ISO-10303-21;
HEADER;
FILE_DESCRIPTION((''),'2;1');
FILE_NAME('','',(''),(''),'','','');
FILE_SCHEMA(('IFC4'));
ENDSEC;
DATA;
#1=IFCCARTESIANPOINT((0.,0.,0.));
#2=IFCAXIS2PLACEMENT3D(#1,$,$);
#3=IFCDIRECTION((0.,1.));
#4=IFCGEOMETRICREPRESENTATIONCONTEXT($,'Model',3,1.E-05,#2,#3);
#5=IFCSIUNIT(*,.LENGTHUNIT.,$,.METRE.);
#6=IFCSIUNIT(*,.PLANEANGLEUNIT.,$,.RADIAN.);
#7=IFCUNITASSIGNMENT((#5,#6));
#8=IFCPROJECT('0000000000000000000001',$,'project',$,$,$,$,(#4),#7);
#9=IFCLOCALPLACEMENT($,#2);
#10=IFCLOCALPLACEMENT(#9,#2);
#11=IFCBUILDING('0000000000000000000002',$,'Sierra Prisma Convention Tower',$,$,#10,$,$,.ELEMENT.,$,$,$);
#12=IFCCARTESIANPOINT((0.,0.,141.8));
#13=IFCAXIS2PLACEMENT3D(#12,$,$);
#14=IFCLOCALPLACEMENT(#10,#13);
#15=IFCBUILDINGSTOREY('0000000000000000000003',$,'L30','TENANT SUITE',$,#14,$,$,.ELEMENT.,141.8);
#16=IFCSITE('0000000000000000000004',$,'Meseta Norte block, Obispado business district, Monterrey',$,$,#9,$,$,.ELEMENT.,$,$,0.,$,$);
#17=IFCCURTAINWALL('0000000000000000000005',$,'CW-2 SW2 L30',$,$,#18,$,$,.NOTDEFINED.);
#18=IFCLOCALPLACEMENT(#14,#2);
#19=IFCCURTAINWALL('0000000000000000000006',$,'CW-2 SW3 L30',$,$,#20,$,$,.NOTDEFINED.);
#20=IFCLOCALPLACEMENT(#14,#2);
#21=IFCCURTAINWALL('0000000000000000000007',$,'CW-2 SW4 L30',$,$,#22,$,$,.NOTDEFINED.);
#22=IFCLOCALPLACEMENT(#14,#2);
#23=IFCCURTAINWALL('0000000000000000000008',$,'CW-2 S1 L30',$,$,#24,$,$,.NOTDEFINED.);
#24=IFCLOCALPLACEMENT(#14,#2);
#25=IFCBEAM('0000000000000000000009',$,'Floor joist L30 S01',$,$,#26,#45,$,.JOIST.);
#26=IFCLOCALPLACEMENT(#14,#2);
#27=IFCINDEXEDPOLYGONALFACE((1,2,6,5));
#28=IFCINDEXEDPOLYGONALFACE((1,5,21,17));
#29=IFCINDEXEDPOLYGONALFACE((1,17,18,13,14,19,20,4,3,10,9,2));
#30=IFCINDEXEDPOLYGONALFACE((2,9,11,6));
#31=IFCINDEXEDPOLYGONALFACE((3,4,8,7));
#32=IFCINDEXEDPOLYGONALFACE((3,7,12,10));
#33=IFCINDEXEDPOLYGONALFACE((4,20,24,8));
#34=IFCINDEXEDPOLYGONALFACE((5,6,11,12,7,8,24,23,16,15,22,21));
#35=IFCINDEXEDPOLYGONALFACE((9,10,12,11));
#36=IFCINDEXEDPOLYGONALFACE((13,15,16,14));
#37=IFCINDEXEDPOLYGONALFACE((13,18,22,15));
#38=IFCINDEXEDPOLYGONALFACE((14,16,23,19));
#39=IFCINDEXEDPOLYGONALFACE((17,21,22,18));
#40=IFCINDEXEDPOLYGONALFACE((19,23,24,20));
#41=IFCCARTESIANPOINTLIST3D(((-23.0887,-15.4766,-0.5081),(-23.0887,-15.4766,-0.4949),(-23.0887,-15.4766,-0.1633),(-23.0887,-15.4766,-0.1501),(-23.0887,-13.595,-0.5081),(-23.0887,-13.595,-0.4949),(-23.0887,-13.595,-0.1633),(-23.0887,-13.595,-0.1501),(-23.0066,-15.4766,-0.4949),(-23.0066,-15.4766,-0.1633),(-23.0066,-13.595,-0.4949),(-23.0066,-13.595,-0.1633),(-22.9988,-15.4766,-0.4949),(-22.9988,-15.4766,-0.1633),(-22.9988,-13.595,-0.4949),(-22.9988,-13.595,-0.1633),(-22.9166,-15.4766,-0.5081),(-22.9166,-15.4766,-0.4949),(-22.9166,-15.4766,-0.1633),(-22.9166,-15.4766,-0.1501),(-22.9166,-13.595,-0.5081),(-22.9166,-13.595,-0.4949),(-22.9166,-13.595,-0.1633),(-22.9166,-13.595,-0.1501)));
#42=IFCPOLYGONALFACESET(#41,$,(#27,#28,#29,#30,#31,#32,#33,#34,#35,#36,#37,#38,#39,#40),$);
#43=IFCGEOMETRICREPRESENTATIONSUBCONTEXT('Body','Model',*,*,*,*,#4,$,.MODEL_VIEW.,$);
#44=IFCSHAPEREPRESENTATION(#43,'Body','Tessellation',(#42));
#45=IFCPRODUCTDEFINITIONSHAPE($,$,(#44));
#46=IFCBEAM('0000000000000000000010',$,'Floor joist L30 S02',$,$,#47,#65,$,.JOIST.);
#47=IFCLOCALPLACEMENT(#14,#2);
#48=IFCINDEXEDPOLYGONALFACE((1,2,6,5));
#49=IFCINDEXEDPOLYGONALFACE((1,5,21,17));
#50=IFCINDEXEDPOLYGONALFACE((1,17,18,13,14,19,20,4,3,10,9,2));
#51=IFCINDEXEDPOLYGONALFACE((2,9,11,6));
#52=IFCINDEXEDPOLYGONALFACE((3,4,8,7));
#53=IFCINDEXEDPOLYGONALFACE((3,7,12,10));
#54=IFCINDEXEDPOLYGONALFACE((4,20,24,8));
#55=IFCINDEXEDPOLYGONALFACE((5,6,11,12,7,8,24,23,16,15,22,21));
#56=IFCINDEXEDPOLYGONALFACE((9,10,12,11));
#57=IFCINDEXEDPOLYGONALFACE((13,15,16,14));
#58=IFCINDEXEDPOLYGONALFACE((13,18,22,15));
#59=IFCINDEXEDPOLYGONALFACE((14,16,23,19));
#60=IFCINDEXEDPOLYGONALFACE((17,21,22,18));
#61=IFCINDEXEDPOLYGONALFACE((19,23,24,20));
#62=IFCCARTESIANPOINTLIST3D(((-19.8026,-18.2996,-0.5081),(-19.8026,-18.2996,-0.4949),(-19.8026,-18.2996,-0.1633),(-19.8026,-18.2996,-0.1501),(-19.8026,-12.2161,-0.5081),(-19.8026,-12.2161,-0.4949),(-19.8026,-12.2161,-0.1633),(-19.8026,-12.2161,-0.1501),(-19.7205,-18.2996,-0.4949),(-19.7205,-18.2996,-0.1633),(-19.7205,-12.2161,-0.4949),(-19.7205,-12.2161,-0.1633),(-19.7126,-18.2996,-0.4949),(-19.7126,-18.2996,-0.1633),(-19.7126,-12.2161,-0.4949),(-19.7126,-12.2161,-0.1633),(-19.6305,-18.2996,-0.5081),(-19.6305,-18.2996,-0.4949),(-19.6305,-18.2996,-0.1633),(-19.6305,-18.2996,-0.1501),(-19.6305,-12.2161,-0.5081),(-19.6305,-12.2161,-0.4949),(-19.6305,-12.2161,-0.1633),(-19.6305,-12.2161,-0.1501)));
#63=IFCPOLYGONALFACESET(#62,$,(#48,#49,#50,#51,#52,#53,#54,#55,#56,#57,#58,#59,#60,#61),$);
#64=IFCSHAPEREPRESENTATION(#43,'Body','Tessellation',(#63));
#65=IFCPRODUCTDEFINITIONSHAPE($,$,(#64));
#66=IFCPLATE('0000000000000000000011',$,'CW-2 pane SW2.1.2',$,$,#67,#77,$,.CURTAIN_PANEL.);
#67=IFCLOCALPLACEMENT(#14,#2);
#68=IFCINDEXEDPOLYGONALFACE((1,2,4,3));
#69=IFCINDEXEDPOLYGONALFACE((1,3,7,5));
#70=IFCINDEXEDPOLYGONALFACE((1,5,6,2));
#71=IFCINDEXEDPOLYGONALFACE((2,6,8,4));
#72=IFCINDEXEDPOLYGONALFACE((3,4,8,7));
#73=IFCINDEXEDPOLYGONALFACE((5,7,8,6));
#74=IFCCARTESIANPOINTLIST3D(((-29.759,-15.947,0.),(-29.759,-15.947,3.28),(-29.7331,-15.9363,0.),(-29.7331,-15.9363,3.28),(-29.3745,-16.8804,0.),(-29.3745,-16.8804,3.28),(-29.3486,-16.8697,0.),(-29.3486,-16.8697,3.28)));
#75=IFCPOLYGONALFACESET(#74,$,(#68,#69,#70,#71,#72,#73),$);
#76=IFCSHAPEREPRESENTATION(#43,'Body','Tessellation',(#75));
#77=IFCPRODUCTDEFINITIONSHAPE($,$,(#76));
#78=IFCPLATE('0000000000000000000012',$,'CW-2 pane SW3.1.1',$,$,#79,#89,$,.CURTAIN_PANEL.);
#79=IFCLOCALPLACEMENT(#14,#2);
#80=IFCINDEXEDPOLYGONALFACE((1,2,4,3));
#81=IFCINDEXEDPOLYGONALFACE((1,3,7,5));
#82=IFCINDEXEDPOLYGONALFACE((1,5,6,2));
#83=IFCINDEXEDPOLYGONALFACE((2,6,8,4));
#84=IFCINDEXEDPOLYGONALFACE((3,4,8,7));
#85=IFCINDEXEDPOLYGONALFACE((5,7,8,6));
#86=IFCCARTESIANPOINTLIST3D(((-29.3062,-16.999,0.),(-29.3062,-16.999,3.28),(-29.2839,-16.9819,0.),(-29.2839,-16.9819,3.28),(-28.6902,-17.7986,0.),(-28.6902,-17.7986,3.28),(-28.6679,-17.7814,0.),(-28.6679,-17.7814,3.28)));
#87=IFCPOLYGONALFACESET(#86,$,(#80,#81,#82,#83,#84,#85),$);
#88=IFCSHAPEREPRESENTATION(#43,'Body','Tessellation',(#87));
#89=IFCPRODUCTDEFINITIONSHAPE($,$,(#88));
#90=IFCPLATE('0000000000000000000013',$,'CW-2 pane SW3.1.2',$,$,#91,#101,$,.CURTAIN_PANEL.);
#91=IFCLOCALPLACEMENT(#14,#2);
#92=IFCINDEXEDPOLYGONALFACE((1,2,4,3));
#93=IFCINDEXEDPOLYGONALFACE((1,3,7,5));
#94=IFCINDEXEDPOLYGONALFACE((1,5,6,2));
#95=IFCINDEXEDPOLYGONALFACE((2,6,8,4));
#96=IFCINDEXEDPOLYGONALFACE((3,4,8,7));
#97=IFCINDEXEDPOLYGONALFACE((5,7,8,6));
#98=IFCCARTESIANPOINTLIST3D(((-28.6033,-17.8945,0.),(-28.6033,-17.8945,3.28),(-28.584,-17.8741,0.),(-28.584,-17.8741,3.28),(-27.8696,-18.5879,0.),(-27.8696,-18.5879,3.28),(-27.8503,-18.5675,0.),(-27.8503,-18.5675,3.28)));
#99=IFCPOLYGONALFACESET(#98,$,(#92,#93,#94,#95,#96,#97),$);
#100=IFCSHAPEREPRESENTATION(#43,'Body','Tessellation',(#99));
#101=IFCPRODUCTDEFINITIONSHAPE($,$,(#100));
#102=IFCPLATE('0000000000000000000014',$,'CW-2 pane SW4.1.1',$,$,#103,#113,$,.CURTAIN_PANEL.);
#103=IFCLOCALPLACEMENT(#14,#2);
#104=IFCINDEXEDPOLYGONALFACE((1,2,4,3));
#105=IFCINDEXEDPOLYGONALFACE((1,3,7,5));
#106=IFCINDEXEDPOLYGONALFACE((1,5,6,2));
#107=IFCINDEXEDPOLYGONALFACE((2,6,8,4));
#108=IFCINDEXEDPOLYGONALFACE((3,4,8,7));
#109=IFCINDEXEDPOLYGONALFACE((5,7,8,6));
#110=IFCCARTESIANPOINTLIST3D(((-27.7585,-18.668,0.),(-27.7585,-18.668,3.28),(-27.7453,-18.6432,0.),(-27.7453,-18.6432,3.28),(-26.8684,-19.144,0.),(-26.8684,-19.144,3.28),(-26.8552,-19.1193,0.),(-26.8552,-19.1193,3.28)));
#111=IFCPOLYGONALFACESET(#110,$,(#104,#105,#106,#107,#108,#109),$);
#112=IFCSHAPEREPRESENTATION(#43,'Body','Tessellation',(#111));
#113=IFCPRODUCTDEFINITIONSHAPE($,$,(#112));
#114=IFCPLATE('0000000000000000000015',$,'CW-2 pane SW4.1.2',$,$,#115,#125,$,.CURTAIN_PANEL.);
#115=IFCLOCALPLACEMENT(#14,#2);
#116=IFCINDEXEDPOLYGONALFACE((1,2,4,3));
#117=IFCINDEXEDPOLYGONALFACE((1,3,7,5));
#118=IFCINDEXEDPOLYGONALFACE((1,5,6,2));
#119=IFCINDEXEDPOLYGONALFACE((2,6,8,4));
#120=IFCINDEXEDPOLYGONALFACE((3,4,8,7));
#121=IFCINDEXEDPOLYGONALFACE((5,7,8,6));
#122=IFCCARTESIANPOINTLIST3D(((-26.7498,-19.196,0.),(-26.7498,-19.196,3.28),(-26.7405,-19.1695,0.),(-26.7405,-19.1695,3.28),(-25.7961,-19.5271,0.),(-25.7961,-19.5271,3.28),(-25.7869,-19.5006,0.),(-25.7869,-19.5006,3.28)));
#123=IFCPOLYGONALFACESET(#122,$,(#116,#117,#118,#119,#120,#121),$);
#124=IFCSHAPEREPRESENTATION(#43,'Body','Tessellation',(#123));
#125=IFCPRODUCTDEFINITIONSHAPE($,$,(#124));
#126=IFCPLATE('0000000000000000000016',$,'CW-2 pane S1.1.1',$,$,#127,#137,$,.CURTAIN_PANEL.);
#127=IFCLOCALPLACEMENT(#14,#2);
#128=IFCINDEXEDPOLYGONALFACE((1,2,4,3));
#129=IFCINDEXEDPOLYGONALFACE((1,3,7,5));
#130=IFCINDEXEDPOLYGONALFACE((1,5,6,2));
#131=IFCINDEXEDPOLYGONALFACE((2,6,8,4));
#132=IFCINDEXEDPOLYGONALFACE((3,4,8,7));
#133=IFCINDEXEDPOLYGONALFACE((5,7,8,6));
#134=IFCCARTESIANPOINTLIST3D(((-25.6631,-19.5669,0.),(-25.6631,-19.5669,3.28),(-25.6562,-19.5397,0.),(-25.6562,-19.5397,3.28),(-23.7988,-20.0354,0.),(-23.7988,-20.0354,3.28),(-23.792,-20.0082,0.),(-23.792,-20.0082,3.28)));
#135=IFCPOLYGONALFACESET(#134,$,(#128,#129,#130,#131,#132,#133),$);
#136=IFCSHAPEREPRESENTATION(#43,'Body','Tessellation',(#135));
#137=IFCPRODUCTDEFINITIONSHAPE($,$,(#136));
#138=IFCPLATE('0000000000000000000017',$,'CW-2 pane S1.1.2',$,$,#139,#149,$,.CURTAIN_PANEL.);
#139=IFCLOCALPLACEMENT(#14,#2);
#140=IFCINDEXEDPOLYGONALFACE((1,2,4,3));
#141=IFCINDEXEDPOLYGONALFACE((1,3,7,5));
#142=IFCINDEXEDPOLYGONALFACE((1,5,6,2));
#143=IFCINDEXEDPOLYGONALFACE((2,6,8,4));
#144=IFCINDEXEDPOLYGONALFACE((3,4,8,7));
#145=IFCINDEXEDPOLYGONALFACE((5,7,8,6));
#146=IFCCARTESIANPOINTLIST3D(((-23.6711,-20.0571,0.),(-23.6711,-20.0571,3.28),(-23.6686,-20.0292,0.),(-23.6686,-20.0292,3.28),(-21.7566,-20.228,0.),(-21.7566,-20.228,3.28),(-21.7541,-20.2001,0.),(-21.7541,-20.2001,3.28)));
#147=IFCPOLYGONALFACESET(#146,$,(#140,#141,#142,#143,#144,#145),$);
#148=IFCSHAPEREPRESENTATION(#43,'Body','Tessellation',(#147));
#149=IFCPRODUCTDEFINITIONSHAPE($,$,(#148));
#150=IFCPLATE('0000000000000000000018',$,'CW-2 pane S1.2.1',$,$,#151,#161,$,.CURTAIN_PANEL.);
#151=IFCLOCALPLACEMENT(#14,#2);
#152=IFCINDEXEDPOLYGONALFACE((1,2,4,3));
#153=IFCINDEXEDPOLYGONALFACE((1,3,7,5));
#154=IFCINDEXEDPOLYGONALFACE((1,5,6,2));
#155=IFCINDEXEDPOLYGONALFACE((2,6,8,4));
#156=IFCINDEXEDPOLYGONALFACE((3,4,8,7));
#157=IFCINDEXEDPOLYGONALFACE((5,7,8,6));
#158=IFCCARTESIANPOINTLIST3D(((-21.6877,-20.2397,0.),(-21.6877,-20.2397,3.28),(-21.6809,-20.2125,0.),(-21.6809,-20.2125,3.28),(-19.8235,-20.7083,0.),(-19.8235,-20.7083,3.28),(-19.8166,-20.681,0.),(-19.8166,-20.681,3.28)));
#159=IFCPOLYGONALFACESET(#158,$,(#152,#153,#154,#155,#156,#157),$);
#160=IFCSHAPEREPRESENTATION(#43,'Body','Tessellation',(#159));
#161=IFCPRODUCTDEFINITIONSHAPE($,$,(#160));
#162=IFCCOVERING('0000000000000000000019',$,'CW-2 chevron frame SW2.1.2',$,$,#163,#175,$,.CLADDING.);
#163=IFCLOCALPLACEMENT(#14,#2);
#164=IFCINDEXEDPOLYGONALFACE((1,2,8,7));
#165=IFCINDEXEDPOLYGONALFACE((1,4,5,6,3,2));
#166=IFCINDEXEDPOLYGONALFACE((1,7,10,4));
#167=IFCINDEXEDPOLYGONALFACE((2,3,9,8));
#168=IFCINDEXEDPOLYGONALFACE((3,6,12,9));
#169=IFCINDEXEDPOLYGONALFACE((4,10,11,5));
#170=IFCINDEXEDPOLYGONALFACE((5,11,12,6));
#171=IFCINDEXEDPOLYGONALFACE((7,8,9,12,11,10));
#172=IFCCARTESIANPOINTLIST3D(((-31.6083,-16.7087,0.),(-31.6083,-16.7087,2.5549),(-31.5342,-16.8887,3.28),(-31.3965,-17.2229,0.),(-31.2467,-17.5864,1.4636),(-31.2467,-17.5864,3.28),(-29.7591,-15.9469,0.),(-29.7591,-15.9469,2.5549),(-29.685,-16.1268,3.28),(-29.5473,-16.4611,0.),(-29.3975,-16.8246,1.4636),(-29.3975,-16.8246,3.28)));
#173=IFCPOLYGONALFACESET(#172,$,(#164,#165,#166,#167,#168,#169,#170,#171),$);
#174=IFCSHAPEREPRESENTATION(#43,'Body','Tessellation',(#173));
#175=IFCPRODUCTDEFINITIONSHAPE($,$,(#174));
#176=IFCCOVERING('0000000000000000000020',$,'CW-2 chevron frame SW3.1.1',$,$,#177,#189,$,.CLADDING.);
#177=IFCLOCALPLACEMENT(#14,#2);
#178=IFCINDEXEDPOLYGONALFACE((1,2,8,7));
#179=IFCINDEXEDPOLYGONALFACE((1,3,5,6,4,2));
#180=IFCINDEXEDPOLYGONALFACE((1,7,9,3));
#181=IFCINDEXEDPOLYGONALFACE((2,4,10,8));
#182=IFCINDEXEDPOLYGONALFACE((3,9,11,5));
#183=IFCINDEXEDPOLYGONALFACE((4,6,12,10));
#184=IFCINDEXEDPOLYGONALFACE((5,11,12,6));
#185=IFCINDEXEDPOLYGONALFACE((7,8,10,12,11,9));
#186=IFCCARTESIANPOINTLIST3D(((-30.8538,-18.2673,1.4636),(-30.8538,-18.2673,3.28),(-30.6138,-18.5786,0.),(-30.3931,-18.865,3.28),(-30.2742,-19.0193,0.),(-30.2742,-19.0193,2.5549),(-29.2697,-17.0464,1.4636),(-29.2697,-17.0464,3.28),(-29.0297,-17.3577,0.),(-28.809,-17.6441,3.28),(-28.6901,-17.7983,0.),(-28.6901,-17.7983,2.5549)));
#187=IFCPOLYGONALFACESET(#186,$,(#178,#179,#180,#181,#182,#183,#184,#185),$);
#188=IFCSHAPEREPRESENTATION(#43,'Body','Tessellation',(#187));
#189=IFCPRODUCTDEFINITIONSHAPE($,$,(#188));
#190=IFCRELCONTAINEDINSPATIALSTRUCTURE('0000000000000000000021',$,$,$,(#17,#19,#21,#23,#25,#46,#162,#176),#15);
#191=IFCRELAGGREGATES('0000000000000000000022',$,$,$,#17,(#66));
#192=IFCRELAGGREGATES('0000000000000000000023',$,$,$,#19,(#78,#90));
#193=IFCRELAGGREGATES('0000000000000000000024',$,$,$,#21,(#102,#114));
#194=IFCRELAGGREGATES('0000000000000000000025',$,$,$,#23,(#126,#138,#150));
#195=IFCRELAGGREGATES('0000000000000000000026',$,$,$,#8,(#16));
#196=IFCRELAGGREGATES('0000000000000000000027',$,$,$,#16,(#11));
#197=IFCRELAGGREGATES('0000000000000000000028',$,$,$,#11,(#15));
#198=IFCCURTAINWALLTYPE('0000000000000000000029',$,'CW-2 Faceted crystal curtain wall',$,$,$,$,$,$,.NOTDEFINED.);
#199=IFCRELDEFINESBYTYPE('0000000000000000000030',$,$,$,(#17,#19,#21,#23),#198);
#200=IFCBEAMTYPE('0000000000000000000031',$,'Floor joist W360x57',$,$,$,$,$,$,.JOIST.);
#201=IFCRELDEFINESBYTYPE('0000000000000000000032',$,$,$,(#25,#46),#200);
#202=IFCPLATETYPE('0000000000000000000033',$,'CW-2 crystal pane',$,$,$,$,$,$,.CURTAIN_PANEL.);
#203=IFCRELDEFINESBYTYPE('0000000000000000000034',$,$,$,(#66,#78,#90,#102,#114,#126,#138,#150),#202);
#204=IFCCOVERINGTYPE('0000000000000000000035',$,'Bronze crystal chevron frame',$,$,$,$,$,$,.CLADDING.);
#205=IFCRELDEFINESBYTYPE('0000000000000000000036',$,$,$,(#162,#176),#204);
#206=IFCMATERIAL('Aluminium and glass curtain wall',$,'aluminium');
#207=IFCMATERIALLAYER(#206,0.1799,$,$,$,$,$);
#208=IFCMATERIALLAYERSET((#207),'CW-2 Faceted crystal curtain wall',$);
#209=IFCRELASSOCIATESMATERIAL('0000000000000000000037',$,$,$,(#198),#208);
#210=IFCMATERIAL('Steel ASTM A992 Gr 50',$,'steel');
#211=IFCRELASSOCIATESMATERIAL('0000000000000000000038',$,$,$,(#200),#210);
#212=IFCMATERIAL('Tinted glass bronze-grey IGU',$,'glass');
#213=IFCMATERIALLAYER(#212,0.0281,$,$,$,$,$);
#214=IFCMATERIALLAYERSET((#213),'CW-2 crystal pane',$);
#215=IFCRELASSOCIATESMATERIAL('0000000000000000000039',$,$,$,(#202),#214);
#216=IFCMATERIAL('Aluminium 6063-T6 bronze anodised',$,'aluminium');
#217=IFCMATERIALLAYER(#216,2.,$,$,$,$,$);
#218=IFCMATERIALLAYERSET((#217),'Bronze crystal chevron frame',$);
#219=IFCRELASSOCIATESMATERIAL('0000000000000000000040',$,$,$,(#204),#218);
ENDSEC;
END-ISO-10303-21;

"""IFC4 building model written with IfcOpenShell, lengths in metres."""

from ifc_helpers import new_model, si_unit, direction, frame, origin, origin_2d, place, context, subcontext, project, spatial, polyline, i_section, outline, extrude, material, layer, layer_set, material_profile, profile_set, type_object, element, aggregate, save


model = new_model("IFC4")

# Units and contexts
model_context = context("Model", 3, precision=1e-05, world=origin(), true_north=direction((0.0, 1.0)))
body_context = subcontext(model_context, "Body", "Model", "MODEL_VIEW")
ifc_project = project(units=[si_unit("LENGTHUNIT", "METRE"), si_unit("PLANEANGLEUNIT", "RADIAN")], contexts=[model_context])

# Site, building, storey
site_placement = place(None, origin())
site = spatial("IfcSite", under=ifc_project, at=site_placement, Name="Meseta Norte block, Obispado business district, Monterrey", CompositionType="ELEMENT", RefElevation=0.0)
building_placement = place(site_placement, origin())
building = spatial("IfcBuilding", under=site, at=building_placement, Name="Sierra Prisma Convention Tower", CompositionType="ELEMENT")
storey_placement = place(building_placement, frame((0.0, 0.0, 141.8)))
storey = spatial("IfcBuildingStorey", under=building, at=storey_placement, Name="L30", Description="TENANT SUITE", CompositionType="ELEMENT", Elevation=141.8)

# Curtain walls
ifc_material_1 = material(Name="Aluminium and glass curtain wall", Category="aluminium")
ifc_layer_1 = layer(ifc_material_1, 0.1799)
ifc_layer_set_1 = layer_set([ifc_layer_1], Name="CW-2 Faceted crystal curtain wall")
curtain_wall_type = type_object("IfcCurtainWallType", Name="CW-2 Faceted crystal curtain wall", PredefinedType="NOTDEFINED", material=ifc_layer_set_1)
curtain_wall_1_placement = place(storey_placement, origin())
curtain_wall_1 = element("IfcCurtainWall", 1, at=curtain_wall_1_placement, inside=storey, type_object=curtain_wall_type, Name="CW-2 SW2 L30", PredefinedType="NOTDEFINED")
curtain_wall_2_placement = place(storey_placement, origin())
curtain_wall_2 = element("IfcCurtainWall", 2, at=curtain_wall_2_placement, inside=storey, type_object=curtain_wall_type, Name="CW-2 SW3 L30", PredefinedType="NOTDEFINED")
curtain_wall_3_placement = place(storey_placement, origin())
curtain_wall_3 = element("IfcCurtainWall", 3, at=curtain_wall_3_placement, inside=storey, type_object=curtain_wall_type, Name="CW-2 SW4 L30", PredefinedType="NOTDEFINED")

# Curtain wall
curtain_wall_4_placement = place(storey_placement, origin())
curtain_wall_4 = element("IfcCurtainWall", 4, at=curtain_wall_4_placement, inside=storey, type_object=curtain_wall_type, Name="CW-2 S1 L30", PredefinedType="NOTDEFINED")

# Beams
ifc_material_2 = material(Name="Steel ASTM A992 Gr 50", Category="steel")
ifc_material_profile_1 = material_profile(ifc_material_2, i_section(OverallWidth=0.1721, OverallDepth=0.3579, WebThickness=0.0078, FlangeThickness=0.0132, at=origin_2d()), Name="W360x57")
ifc_profile_set_1 = profile_set([ifc_material_profile_1], Name="Steel ASTM A992 Gr 50")
beam_type = type_object("IfcBeamType", Name="Floor joist W360x57", PredefinedType="JOIST", material=ifc_profile_set_1)
beam_1_placement = place(storey_placement, frame((-23.0027, -15.4766, -0.3291), z_axis=(0.0, 1.0, 0.0), x_axis=(-1.0, 0.0, 0.0)))
element("IfcBeam", 5, at=beam_1_placement, inside=storey, type_object=beam_type, Name="Floor joist L30 S01", PredefinedType="JOIST", context=body_context, shape_type="SweptSolid", body=[
    extrude(i_section(OverallWidth=0.1721, OverallDepth=0.3579, WebThickness=0.0078, FlangeThickness=0.0132, at=origin_2d()), origin(), (0.0, 0.0, 1.0), 1.8816),
])
beam_2_placement = place(storey_placement, frame((-19.7166, -18.2996, -0.3291), z_axis=(0.0, 1.0, 0.0), x_axis=(-1.0, 0.0, 0.0)))
element("IfcBeam", 6, at=beam_2_placement, inside=storey, type_object=beam_type, Name="Floor joist L30 S02", PredefinedType="JOIST", context=body_context, shape_type="SweptSolid", body=[
    extrude(i_section(OverallWidth=0.1721, OverallDepth=0.3579, WebThickness=0.0078, FlangeThickness=0.0132, at=origin_2d()), origin(), (0.0, 0.0, 1.0), 6.0835),
])

# Plates
ifc_material_3 = material(Name="Tinted glass bronze-grey IGU", Category="glass")
ifc_layer_2 = layer(ifc_material_3, 0.0281)
ifc_layer_set_2 = layer_set([ifc_layer_2], Name="CW-2 crystal pane")
plate_type = type_object("IfcPlateType", Name="CW-2 crystal pane", PredefinedType="CURTAIN_PANEL", material=ifc_layer_set_2)
plate_1_placement = place(storey_placement, frame((-29.3745, -16.8804, 0.0), z_axis=(-0.924608, -0.38092, 0.0), x_axis=(-0.38092, 0.924608, 0.0)))
plate_1 = element("IfcPlate", 7, at=plate_1_placement, type_object=plate_type, Name="CW-2 pane SW2.1.2", PredefinedType="CURTAIN_PANEL", context=body_context, shape_type="SweptSolid", body=[
    extrude(outline(polyline([(0.0, 0.0), (1.0095, 0.0), (1.0095, -3.28), (0.0, -3.28), (0.0, 0.0)])), origin(), (0.0, 0.0, -1.0), 0.0281),
])
aggregate(curtain_wall_1, [plate_1])
plate_2_placement = place(storey_placement, frame((-29.3062, -16.999, 0.0), z_axis=(-0.792183, -0.610283, 0.0), x_axis=(0.610283, -0.792183, 0.0)))
plate_2 = element("IfcPlate", 8, at=plate_2_placement, type_object=plate_type, Name="CW-2 pane SW3.1.1", PredefinedType="CURTAIN_PANEL", context=body_context, shape_type="SweptSolid", body=[
    extrude(outline(polyline([(0.0, 0.0), (1.0093, 0.0), (1.0093, 3.28), (0.0, 3.28), (0.0, 0.0)])), origin(), (0.0, 0.0, -1.0), 0.0281),
])
plate_3_placement = place(storey_placement, frame((-27.8696, -18.5879, 0.0), z_axis=(-0.686872, -0.726778, 0.0), x_axis=(-0.726778, 0.686872, 0.0)))
plate_3 = element("IfcPlate", 9, at=plate_3_placement, type_object=plate_type, Name="CW-2 pane SW3.1.2", PredefinedType="CURTAIN_PANEL", context=body_context, shape_type="SweptSolid", body=[
    extrude(outline(polyline([(0.0, 0.0), (1.0094, 0.0), (1.0094, -3.28), (0.0, -3.28), (0.0, 0.0)])), origin(), (0.0, 0.0, -1.0), 0.0281),
])
aggregate(curtain_wall_2, [plate_2, plate_3])
plate_4_placement = place(storey_placement, frame((-27.7585, -18.668, 0.0), z_axis=(-0.471617, -0.881803, 0.0), x_axis=(0.881803, -0.471617, 0.0)))
plate_4 = element("IfcPlate", 10, at=plate_4_placement, type_object=plate_type, Name="CW-2 pane SW4.1.1", PredefinedType="CURTAIN_PANEL", context=body_context, shape_type="SweptSolid", body=[
    extrude(outline(polyline([(0.0, 0.0), (1.0095, 0.0), (1.0095, 3.28), (0.0, 3.28), (0.0, 0.0)])), origin(), (0.0, 0.0, -1.0), 0.0281),
])
plate_5_placement = place(storey_placement, frame((-25.7961, -19.5271, 0.0), z_axis=(-0.327958, -0.944692, 0.0), x_axis=(-0.944692, 0.327958, 0.0)))
plate_5 = element("IfcPlate", 11, at=plate_5_placement, type_object=plate_type, Name="CW-2 pane SW4.1.2", PredefinedType="CURTAIN_PANEL", context=body_context, shape_type="SweptSolid", body=[
    extrude(outline(polyline([(0.0, 0.0), (1.0094, 0.0), (1.0094, -3.28), (0.0, -3.28), (0.0, 0.0)])), origin(), (0.0, 0.0, -1.0), 0.0281),
])
aggregate(curtain_wall_3, [plate_4, plate_5])
plate_6_placement = place(storey_placement, frame((-25.6631, -19.5669, 0.0), z_axis=(-0.243731, -0.969843, 0.0), x_axis=(0.969843, -0.243731, 0.0)))
plate_6 = element("IfcPlate", 12, at=plate_6_placement, type_object=plate_type, Name="CW-2 pane S1.1.1", PredefinedType="CURTAIN_PANEL", context=body_context, shape_type="SweptSolid", body=[
    extrude(outline(polyline([(0.0, 0.0), (1.9222, 0.0), (1.9222, 3.28), (0.0, 3.28), (0.0, 0.0)])), origin(), (0.0, 0.0, -1.0), 0.0281),
])
plate_7_placement = place(storey_placement, frame((-21.7566, -20.228, 0.0), z_axis=(-0.088909, -0.99604, 0.0), x_axis=(-0.99604, 0.088909, 0.0)))
plate_7 = element("IfcPlate", 13, at=plate_7_placement, type_object=plate_type, Name="CW-2 pane S1.1.2", PredefinedType="CURTAIN_PANEL", context=body_context, shape_type="SweptSolid", body=[
    extrude(outline(polyline([(0.0, 0.0), (1.9222, 0.0), (1.9222, -3.28), (0.0, -3.28), (0.0, 0.0)])), origin(), (0.0, 0.0, -1.0), 0.0281),
])
plate_8_placement = place(storey_placement, frame((-21.6877, -20.2397, 0.0), z_axis=(-0.243731, -0.969843, 0.0), x_axis=(0.969843, -0.243731, 0.0)))
plate_8 = element("IfcPlate", 14, at=plate_8_placement, type_object=plate_type, Name="CW-2 pane S1.2.1", PredefinedType="CURTAIN_PANEL", context=body_context, shape_type="SweptSolid", body=[
    extrude(outline(polyline([(0.0, 0.0), (1.9222, 0.0), (1.9222, 3.28), (0.0, 3.28), (0.0, 0.0)])), origin(), (0.0, 0.0, -1.0), 0.0281),
])
aggregate(curtain_wall_4, [plate_6, plate_7, plate_8])

# Coverings
ifc_material_4 = material(Name="Aluminium 6063-T6 bronze anodised", Category="aluminium")
ifc_layer_3 = layer(ifc_material_4, 2.0)
ifc_layer_set_3 = layer_set([ifc_layer_3], Name="Bronze crystal chevron frame")
covering_type = type_object("IfcCoveringType", Name="Bronze crystal chevron frame", PredefinedType="CLADDING", material=ifc_layer_set_3)
covering_1_placement = place(storey_placement, frame((-31.3965, -17.2229, 0.0), z_axis=(-0.924609, -0.380917, -0.000001), x_axis=(0.09881, -0.239847, 0.965769)))
element("IfcCovering", 15, at=covering_1_placement, inside=storey, type_object=covering_type, Name="CW-2 chevron frame SW2.1.2", PredefinedType="CLADDING", context=body_context, shape_type="SweptSolid", body=[
    extrude(outline(polyline([(0.0, 0.0), (1.5155, 0.0), (3.2697, 0.4712), (3.074, 1.2), (2.3232, 1.1998), (-0.1443, 0.5371), (0.0, 0.0)])), origin(), (0.0, 0.0, -1.0), 2.0),
])
covering_2_placement = place(storey_placement, frame((-30.8538, -18.2673, 3.28), z_axis=(-0.792037, -0.610473, -0.000004), x_axis=(0.000003, 0.000003, -1.0)))
element("IfcCovering", 16, at=covering_2_placement, inside=storey, type_object=covering_type, Name="CW-2 chevron frame SW3.1.1", PredefinedType="CLADDING", context=body_context, shape_type="SweptSolid", body=[
    extrude(outline(polyline([(0.0, 0.0), (1.8164, 0.0), (3.28, 0.3931), (3.28, 0.9494), (0.7251, 0.9494), (0.0, 0.7546), (0.0, 0.0)])), origin(), (0.0, 0.0, -1.0), 2.0),
])

save(model, "model.ifc")
